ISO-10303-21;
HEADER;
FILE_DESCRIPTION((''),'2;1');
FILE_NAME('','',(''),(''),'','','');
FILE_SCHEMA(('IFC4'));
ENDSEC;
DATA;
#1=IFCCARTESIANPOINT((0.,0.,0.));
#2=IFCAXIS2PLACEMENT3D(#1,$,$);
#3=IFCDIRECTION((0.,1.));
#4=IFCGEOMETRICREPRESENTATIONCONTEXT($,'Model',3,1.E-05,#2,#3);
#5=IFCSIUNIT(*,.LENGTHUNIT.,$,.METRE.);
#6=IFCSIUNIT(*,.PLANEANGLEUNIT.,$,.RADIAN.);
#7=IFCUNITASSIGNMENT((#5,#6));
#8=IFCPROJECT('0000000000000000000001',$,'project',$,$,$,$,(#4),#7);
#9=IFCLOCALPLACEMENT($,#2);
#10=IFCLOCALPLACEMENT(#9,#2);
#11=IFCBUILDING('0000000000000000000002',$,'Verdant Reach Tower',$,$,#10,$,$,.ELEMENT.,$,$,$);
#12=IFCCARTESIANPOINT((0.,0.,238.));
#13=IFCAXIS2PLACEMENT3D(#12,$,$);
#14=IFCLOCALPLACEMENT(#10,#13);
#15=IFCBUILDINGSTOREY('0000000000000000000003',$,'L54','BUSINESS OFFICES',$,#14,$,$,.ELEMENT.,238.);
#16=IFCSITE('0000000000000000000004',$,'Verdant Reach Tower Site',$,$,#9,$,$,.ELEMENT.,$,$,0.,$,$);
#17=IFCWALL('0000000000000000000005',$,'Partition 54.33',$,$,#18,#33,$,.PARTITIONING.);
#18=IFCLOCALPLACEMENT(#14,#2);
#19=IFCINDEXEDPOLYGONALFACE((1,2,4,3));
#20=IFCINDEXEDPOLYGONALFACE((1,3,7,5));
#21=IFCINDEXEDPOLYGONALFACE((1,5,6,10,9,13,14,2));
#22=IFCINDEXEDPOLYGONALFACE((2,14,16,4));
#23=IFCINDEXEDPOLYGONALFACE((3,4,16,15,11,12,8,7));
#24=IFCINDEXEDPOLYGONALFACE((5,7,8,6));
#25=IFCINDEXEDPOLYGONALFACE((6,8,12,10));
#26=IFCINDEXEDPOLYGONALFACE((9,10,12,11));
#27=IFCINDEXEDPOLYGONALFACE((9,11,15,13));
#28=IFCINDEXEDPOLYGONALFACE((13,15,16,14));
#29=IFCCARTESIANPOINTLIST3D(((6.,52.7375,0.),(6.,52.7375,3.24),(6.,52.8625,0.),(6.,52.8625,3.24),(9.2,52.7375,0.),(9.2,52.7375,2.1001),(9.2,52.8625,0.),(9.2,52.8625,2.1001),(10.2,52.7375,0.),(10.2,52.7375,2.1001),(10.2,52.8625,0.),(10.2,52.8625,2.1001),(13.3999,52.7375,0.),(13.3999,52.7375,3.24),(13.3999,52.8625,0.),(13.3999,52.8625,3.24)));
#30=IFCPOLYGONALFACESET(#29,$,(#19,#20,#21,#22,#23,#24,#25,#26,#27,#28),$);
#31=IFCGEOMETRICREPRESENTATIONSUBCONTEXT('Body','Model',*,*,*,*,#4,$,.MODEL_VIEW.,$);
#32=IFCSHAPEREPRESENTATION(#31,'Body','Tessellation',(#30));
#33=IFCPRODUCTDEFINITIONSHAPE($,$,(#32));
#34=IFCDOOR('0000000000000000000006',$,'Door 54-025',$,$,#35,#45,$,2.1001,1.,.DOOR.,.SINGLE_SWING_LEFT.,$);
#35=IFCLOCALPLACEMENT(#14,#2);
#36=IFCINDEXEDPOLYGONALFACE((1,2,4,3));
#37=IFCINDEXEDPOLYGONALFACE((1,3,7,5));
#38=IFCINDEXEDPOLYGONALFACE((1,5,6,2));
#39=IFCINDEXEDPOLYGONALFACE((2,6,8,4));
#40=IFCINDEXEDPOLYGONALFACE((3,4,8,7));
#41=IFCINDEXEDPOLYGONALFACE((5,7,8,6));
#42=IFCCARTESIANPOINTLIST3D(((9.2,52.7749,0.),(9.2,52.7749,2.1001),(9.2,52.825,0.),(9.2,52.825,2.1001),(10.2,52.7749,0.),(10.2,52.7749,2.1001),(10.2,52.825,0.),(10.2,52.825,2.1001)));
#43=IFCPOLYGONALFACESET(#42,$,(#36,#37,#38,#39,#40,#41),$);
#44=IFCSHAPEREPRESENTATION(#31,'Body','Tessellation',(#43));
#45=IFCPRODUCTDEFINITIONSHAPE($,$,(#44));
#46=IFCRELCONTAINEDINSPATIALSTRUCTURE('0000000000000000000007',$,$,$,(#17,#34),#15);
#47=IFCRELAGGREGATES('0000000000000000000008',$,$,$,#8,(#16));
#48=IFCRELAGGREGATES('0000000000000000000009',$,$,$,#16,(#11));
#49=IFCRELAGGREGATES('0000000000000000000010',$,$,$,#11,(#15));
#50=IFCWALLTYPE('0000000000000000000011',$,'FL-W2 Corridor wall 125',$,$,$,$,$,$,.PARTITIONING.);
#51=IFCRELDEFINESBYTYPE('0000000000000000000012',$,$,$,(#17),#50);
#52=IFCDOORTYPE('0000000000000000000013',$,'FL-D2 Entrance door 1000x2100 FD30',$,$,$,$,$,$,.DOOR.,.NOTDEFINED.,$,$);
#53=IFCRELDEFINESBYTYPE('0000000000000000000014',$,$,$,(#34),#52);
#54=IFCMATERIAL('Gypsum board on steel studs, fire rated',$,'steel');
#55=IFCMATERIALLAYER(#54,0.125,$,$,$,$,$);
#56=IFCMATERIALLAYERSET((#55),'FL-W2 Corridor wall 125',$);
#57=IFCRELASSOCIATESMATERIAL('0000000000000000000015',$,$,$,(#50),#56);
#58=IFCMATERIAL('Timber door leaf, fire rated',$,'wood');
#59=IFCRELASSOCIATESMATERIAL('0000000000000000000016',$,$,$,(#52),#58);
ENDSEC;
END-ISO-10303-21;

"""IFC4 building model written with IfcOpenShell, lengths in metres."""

from ifc_helpers import new_model, si_unit, direction, frame, frame_2d, origin, place, context, subcontext, project, spatial, rectangle, extrude, material, layer, layer_set, type_object, element, fill, save


model = new_model("IFC4")

# Units and contexts
model_context = context("Model", 3, precision=1e-05, world=origin(), true_north=direction((0.0, 1.0)))
body_context = subcontext(model_context, "Body", "Model", "MODEL_VIEW")
ifc_project = project(units=[si_unit("LENGTHUNIT", "METRE"), si_unit("PLANEANGLEUNIT", "RADIAN")], contexts=[model_context])

# Site, building, storey
site_placement = place(None, origin())
site = spatial("IfcSite", under=ifc_project, at=site_placement, Name="Verdant Reach Tower Site", CompositionType="ELEMENT", RefElevation=0.0)
building_placement = place(site_placement, origin())
building = spatial("IfcBuilding", under=site, at=building_placement, Name="Verdant Reach Tower", CompositionType="ELEMENT")
storey_placement = place(building_placement, frame((0.0, 0.0, 238.0)))
storey = spatial("IfcBuildingStorey", under=building, at=storey_placement, Name="L54", Description="BUSINESS OFFICES", CompositionType="ELEMENT", Elevation=238.0)

# Shared definitions
ifc_material_1 = material(Name="Gypsum board on steel studs, fire rated", Category="steel")
ifc_layer_1 = layer(ifc_material_1, 0.125)
ifc_layer_set_1 = layer_set([ifc_layer_1], Name="FL-W2 Corridor wall 125")
wall_type_1 = type_object("IfcWallType", Name="FL-W2 Corridor wall 125", PredefinedType="PARTITIONING", material=ifc_layer_set_1)
ifc_material_2 = material(Name="Timber door leaf, fire rated", Category="wood")
door_type_1 = type_object("IfcDoorType", Name="FL-D2 Entrance door 1000x2100 FD30", OperationType="NOTDEFINED", PredefinedType="DOOR", material=ifc_material_2)

# Wall, opening, door
wall_1_placement = place(storey_placement, frame((6.0, 52.8, 0.0), z_axis=(0.0, 0.0, 1.0), x_axis=(1.0, 0.0, 0.0)))
wall_1 = element("IfcWall", 1, at=wall_1_placement, inside=storey, type_object=wall_type_1, Name="Partition 54.33", PredefinedType="PARTITIONING", context=body_context, shape_type="SweptSolid", body=[
    extrude(rectangle(XDim=7.3999, YDim=0.125, at=frame_2d((3.7, 0.0))), origin(), (0.0, 0.0, 1.0), 3.24),
])
opening_1_placement = place(wall_1_placement, frame((3.2, 0.0, 0.0)))
opening_1 = element("IfcOpeningElement", 2, at=opening_1_placement, cuts=wall_1, PredefinedType="OPENING", context=body_context, shape_type="SweptSolid", body=[
    extrude(rectangle(XDim=1.0, YDim=2.1001, at=frame_2d((0.5, 1.05))), frame((0.0, 0.0725, 0.0), z_axis=(0.0, -1.0, 0.0), x_axis=(1.0, 0.0, 0.0)), (0.0, 0.0, 1.0), 0.145),
])
door_1_placement = place(opening_1_placement, origin())
door_1 = element("IfcDoor", 3, at=door_1_placement, inside=storey, type_object=door_type_1, Name="Door 54-025", OperationType="SINGLE_SWING_LEFT", OverallHeight=2.1001, OverallWidth=1.0, PredefinedType="DOOR", context=body_context, shape_type="SweptSolid", body=[
    extrude(rectangle(XDim=1.0, YDim=2.1001, at=frame_2d((0.5, 1.05))), frame((0.0, 0.0249, 0.0), z_axis=(0.0, -1.0, 0.0), x_axis=(1.0, 0.0, 0.0)), (0.0, 0.0, 1.0), 0.05),
])
fill(opening_1, door_1)

save(model, "model.ifc")
